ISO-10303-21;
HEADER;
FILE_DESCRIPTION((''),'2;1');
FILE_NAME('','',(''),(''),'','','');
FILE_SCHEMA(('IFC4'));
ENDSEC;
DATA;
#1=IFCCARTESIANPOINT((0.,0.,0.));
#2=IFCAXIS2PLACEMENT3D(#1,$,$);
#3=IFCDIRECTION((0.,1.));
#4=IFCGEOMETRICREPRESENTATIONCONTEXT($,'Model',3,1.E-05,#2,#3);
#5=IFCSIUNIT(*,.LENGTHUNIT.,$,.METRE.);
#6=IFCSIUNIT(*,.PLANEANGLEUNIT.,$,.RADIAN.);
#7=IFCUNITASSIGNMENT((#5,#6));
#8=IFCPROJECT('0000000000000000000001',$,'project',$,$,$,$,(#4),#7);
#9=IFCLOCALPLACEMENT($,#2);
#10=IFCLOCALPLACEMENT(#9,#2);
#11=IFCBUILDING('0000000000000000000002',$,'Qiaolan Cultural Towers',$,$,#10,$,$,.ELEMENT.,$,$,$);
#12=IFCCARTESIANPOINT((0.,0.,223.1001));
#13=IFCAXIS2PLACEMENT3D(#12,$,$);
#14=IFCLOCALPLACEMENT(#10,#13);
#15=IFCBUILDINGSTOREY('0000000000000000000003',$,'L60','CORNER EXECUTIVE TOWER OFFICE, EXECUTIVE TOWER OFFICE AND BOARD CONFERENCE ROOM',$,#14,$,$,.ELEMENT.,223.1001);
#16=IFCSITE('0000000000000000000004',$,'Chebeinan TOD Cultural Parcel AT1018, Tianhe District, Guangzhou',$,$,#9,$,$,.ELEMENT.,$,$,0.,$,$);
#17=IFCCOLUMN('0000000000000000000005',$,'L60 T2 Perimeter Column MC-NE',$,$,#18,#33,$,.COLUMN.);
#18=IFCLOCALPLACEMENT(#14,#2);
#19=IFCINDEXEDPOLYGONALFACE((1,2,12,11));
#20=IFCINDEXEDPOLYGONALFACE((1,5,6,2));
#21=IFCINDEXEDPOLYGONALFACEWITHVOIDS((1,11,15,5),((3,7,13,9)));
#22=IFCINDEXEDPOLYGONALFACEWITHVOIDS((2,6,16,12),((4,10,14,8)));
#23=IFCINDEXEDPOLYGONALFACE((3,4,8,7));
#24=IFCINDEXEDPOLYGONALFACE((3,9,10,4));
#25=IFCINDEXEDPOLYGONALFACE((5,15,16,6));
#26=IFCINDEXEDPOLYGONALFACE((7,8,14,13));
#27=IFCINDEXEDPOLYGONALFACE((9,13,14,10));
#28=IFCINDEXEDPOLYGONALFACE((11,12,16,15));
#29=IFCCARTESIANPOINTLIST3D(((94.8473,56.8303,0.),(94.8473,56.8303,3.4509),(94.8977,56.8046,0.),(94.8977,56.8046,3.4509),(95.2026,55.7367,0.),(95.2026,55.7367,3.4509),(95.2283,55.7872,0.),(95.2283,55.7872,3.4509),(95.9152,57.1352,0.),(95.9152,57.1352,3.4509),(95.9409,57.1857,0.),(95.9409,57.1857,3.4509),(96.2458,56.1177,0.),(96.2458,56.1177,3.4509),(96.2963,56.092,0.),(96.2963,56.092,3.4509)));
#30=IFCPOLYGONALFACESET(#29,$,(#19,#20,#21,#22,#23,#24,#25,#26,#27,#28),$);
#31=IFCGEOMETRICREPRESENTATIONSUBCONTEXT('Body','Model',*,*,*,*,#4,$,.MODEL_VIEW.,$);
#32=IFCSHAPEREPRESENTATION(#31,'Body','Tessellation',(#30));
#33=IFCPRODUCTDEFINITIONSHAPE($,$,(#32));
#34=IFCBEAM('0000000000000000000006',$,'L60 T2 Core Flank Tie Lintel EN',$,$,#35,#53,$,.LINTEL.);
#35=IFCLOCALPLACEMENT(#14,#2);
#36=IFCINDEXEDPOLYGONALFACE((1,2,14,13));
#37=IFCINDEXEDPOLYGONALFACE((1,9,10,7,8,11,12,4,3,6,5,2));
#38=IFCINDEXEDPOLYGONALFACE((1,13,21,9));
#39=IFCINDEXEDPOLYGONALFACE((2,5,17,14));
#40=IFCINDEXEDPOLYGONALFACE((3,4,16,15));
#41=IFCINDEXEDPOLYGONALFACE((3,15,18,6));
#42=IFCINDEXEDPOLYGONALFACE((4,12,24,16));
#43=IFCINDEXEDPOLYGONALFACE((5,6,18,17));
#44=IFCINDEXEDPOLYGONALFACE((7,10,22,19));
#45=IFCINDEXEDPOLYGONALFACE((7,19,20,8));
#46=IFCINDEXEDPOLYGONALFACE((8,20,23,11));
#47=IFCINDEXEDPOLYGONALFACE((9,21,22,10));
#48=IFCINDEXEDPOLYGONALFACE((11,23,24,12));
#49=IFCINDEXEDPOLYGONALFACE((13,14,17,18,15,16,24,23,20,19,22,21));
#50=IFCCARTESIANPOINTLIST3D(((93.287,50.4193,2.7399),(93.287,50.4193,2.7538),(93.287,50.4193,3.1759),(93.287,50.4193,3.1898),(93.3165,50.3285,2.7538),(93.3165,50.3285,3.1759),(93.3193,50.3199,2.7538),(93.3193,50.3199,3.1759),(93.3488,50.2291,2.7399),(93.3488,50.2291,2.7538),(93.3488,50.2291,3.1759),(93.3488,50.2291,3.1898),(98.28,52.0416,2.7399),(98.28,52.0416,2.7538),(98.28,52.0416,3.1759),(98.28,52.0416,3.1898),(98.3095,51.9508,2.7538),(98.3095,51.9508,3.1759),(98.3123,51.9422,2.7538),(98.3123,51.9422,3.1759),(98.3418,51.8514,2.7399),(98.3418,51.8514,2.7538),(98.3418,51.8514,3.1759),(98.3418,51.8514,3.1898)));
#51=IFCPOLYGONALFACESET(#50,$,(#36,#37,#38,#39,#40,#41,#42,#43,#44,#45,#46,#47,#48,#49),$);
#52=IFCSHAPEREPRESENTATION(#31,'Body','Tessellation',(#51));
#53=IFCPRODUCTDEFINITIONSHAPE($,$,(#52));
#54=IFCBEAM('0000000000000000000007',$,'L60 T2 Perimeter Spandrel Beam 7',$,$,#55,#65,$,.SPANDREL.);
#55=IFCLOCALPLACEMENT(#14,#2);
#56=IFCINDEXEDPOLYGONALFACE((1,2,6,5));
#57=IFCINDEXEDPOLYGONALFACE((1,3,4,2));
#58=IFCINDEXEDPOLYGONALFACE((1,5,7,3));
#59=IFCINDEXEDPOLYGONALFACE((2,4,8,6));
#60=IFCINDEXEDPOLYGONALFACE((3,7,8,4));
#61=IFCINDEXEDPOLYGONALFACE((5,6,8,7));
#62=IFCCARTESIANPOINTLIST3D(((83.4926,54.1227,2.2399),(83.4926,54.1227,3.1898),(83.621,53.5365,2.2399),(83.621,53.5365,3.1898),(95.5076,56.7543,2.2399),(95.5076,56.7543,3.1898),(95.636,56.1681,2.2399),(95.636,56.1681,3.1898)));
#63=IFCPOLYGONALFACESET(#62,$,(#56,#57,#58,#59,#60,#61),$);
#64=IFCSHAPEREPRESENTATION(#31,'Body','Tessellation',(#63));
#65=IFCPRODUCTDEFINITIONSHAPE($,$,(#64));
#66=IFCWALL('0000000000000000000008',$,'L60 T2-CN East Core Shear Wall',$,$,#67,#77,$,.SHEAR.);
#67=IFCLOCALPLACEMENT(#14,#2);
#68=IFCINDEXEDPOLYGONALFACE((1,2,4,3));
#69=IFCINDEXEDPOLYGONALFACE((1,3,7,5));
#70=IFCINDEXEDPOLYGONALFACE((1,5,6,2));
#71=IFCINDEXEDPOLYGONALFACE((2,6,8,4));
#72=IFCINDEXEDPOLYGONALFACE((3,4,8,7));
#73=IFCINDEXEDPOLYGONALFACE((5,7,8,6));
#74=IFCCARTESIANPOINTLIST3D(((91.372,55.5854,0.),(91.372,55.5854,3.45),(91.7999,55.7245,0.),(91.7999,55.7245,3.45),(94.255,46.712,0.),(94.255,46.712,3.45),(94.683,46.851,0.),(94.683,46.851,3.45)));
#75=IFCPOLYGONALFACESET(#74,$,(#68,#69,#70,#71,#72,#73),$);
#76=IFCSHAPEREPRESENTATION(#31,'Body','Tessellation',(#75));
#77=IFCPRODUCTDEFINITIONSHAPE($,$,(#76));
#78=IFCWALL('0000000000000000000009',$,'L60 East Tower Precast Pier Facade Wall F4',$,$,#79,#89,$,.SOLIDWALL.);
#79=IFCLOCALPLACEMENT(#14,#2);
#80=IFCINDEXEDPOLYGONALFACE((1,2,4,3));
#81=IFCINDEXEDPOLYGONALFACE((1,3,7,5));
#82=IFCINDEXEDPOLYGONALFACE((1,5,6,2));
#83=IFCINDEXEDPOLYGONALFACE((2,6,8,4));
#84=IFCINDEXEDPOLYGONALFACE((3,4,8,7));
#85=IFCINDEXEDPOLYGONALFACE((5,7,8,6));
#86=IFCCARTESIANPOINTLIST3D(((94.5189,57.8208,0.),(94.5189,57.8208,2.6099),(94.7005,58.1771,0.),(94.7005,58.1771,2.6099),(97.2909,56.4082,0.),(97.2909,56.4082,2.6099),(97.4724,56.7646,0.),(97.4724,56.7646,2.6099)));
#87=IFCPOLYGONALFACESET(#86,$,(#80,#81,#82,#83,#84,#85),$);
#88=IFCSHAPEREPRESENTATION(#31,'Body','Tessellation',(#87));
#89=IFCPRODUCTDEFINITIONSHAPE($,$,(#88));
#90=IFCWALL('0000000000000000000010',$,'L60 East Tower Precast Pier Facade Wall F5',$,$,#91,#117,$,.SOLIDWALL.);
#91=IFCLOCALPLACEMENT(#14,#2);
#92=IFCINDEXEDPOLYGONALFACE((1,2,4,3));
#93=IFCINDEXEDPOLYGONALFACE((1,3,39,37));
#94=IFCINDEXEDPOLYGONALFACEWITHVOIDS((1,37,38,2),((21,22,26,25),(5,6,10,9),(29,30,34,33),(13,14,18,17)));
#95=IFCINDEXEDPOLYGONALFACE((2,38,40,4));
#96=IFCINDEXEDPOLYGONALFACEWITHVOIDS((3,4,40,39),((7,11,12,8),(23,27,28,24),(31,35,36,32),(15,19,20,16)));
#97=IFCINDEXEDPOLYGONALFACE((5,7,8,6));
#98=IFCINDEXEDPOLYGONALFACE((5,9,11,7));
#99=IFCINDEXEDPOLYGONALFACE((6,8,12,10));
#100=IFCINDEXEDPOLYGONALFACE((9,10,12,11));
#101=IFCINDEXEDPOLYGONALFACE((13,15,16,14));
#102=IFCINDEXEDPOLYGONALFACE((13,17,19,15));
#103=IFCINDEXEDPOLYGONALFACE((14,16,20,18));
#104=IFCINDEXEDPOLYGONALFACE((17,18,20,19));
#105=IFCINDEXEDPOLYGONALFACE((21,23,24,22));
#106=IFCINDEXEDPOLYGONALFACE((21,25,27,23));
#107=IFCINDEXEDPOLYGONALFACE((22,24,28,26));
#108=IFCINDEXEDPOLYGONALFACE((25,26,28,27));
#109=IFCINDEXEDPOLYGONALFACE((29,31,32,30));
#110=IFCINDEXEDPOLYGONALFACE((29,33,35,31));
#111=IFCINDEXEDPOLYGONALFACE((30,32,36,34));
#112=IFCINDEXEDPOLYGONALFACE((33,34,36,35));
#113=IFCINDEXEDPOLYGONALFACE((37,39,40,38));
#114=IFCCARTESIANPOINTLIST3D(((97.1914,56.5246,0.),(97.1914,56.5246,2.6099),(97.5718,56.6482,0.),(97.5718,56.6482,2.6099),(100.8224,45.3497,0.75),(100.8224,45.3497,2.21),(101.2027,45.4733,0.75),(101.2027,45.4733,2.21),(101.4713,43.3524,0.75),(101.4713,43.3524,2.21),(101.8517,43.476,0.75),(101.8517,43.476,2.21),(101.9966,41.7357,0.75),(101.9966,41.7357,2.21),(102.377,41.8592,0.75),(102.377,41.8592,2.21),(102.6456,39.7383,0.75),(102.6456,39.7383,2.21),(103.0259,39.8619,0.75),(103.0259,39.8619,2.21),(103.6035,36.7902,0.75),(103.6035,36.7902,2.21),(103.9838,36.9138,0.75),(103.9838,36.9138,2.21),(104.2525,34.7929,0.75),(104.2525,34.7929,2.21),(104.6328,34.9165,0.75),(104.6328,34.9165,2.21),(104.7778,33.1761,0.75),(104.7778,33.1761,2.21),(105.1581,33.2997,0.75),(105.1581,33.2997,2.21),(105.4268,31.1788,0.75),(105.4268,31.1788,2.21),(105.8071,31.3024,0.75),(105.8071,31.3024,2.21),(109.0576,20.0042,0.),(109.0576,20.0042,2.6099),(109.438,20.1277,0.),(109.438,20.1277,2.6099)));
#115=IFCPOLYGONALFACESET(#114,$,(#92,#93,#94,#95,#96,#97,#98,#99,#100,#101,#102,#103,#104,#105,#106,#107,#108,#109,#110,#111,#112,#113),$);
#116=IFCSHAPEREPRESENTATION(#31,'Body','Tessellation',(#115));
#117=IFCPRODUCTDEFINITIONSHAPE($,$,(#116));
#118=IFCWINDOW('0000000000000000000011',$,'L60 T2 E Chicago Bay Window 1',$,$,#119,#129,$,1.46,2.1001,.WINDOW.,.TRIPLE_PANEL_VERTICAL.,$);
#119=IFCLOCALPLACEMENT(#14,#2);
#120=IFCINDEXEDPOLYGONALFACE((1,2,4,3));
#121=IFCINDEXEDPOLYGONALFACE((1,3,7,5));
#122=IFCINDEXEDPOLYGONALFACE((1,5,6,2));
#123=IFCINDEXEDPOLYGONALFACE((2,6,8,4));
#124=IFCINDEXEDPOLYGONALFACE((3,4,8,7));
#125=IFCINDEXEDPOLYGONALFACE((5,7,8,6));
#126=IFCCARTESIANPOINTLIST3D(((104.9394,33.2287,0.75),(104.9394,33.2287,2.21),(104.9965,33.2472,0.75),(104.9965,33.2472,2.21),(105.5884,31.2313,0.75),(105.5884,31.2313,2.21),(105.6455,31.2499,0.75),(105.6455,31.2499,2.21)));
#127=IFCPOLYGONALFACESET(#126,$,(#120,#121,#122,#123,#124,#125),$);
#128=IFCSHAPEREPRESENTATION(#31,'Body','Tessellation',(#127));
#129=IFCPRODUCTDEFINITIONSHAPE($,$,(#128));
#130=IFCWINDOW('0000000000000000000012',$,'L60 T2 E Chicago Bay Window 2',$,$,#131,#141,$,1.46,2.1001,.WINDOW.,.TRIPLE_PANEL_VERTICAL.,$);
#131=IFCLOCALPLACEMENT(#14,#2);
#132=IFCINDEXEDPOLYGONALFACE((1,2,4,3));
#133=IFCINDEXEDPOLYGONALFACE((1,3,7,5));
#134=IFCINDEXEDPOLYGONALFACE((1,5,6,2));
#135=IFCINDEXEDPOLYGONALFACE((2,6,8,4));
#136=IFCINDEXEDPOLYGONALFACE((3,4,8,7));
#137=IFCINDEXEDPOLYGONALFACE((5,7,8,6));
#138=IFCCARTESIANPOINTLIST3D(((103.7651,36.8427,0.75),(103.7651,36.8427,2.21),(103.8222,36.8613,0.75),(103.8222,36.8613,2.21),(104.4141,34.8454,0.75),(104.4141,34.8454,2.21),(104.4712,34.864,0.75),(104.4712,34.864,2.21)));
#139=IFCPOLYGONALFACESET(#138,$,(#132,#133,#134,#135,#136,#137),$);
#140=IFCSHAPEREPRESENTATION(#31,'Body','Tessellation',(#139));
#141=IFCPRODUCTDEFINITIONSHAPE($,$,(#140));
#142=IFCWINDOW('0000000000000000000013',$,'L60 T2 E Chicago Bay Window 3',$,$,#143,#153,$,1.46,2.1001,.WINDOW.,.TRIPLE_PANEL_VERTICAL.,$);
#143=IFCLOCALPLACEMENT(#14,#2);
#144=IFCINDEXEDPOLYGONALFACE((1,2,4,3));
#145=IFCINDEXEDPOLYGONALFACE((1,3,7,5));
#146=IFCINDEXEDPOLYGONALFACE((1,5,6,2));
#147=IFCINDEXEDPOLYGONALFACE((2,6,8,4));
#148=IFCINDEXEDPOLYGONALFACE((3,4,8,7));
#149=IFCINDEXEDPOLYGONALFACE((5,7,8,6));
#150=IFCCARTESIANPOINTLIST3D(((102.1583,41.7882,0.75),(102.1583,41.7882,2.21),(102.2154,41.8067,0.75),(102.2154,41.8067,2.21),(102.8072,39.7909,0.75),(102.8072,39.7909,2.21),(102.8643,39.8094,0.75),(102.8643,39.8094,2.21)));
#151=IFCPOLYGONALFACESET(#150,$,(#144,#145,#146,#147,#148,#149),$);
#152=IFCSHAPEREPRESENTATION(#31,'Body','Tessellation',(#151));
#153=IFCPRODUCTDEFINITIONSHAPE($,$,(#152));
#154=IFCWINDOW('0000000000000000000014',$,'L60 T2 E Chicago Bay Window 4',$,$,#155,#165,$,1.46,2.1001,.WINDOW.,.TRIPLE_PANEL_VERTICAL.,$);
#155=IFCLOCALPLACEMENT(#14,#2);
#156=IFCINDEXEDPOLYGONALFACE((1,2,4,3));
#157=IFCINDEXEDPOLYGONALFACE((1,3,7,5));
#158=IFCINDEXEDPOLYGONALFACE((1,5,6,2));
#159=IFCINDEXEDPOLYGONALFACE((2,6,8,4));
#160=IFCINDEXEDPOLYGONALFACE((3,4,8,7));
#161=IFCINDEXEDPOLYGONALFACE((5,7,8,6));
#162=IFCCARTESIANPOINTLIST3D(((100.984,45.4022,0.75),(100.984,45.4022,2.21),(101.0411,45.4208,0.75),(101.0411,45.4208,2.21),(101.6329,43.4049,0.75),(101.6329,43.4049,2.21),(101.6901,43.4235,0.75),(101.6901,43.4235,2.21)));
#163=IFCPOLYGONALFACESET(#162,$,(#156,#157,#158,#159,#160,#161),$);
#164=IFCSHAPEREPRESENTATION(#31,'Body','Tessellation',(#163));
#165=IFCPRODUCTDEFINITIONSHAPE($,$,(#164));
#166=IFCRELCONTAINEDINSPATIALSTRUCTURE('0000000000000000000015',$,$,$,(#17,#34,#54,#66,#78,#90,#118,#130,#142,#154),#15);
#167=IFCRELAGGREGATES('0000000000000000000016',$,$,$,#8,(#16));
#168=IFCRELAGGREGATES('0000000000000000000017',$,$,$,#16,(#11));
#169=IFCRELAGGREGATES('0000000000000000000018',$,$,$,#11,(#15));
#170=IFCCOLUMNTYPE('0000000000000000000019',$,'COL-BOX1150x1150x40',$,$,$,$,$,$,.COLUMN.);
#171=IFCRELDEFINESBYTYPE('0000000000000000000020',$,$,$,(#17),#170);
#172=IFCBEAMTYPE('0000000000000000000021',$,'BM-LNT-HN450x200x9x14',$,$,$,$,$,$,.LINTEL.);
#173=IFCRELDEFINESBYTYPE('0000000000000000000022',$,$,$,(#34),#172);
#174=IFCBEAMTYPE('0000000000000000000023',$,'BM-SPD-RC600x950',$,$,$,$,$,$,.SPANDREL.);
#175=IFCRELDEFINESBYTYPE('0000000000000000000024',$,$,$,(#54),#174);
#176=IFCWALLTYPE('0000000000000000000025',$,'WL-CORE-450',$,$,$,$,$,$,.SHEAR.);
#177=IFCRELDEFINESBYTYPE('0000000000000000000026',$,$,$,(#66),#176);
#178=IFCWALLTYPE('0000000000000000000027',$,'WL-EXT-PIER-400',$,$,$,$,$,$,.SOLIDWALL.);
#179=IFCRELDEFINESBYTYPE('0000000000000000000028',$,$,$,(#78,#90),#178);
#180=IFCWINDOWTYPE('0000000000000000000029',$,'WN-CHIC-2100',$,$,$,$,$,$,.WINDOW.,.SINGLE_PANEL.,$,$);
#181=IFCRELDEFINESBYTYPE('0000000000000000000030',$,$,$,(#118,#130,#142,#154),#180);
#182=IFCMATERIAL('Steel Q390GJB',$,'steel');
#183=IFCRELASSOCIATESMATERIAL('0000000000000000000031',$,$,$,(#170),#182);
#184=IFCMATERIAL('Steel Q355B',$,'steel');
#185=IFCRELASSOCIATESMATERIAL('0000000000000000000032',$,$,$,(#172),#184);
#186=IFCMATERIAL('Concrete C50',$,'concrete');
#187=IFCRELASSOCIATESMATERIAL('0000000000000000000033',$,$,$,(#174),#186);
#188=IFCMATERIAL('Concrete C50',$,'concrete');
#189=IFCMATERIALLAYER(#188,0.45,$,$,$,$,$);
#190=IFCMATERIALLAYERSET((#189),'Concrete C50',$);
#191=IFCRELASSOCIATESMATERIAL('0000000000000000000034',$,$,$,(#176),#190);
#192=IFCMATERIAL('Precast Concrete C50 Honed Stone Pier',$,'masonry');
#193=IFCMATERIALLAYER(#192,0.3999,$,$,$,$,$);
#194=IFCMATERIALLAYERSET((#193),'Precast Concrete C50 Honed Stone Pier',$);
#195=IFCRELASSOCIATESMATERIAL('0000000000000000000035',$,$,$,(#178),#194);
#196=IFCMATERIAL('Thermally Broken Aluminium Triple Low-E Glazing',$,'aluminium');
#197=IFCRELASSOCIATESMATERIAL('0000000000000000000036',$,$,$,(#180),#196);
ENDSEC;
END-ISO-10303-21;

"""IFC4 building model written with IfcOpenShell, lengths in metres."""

from ifc_helpers import new_model, si_unit, direction, frame, frame_2d, origin, origin_2d, place, context, subcontext, project, spatial, rectangle, hollow_rectangle, i_section, extrude, material, layer, layer_set, material_profile, profile_set, type_object, element, fill, save


model = new_model("IFC4")

# Units and contexts
model_context = context("Model", 3, precision=1e-05, world=origin(), true_north=direction((0.0, 1.0)))
body_context = subcontext(model_context, "Body", "Model", "MODEL_VIEW")
ifc_project = project(units=[si_unit("LENGTHUNIT", "METRE"), si_unit("PLANEANGLEUNIT", "RADIAN")], contexts=[model_context])

# Site, building, storey
site_placement = place(None, origin())
site = spatial("IfcSite", under=ifc_project, at=site_placement, Name="Chebeinan TOD Cultural Parcel AT1018, Tianhe District, Guangzhou", CompositionType="ELEMENT", RefElevation=0.0)
building_placement = place(site_placement, origin())
building = spatial("IfcBuilding", under=site, at=building_placement, Name="Qiaolan Cultural Towers", CompositionType="ELEMENT")
storey_placement = place(building_placement, frame((0.0, 0.0, 223.1001)))
storey = spatial("IfcBuildingStorey", under=building, at=storey_placement, Name="L60", Description="CORNER EXECUTIVE TOWER OFFICE, EXECUTIVE TOWER OFFICE AND BOARD CONFERENCE ROOM", CompositionType="ELEMENT", Elevation=223.1001)

# Column
ifc_material_1 = material(Name="Steel Q390GJB", Category="steel")
ifc_material_profile_1 = material_profile(ifc_material_1, hollow_rectangle(XDim=1.1499, YDim=1.1499, WallThickness=0.04, at=origin_2d()), Name="BOX1150x1150x40")
ifc_profile_set_1 = profile_set([ifc_material_profile_1], Name="Steel Q390GJB")
column_type = type_object("IfcColumnType", Name="COL-BOX1150x1150x40", PredefinedType="COLUMN", material=ifc_profile_set_1)
column_placement = place(storey_placement, frame((95.5718, 56.4612, 0.0), z_axis=(0.0, 0.0, 1.0), x_axis=(0.951057, 0.309017, 0.0)))
element("IfcColumn", 1, at=column_placement, inside=storey, type_object=column_type, Name="L60 T2 Perimeter Column MC-NE", PredefinedType="COLUMN", context=body_context, shape_type="SweptSolid", body=[
    extrude(hollow_rectangle(XDim=1.1499, YDim=1.1499, WallThickness=0.04, at=origin_2d()), origin(), (0.0, 0.0, 1.0), 3.4509),
])

# Beams
ifc_material_2 = material(Name="Steel Q355B", Category="steel")
ifc_material_profile_2 = material_profile(ifc_material_2, i_section(OverallWidth=0.2, OverallDepth=0.45, WebThickness=0.009, FlangeThickness=0.0139, at=origin_2d()), Name="HN450x200x9x14")
ifc_profile_set_2 = profile_set([ifc_material_profile_2], Name="Steel Q355B")
beam_type_1 = type_object("IfcBeamType", Name="BM-LNT-HN450x200x9x14", PredefinedType="LINTEL", material=ifc_profile_set_2)
beam_1_placement = place(storey_placement, frame((93.3179, 50.3242, 2.9648), z_axis=(0.95106, 0.309006, 0.0), x_axis=(-0.309006, 0.95106, 0.0)))
element("IfcBeam", 2, at=beam_1_placement, inside=storey, type_object=beam_type_1, Name="L60 T2 Core Flank Tie Lintel EN", PredefinedType="LINTEL", context=body_context, shape_type="SweptSolid", body=[
    extrude(i_section(OverallWidth=0.2, OverallDepth=0.45, WebThickness=0.009, FlangeThickness=0.0139, at=origin_2d()), origin(), (0.0, 0.0, 1.0), 5.25),
])
ifc_material_3 = material(Name="Concrete C50", Category="concrete")
ifc_material_profile_3 = material_profile(ifc_material_3, rectangle(XDim=0.6001, YDim=0.95, at=origin_2d()), Name="RC600x950")
ifc_profile_set_3 = profile_set([ifc_material_profile_3], Name="Concrete C50")
beam_type_2 = type_object("IfcBeamType", Name="BM-SPD-RC600x950", PredefinedType="SPANDREL", material=ifc_profile_set_3)
beam_2_placement = place(storey_placement, frame((95.5718, 56.4612, 2.7148), z_axis=(-0.976843, -0.213956, 0.0), x_axis=(0.213956, -0.976843, 0.0)))
element("IfcBeam", 3, at=beam_2_placement, inside=storey, type_object=beam_type_2, Name="L60 T2 Perimeter Spandrel Beam 7", PredefinedType="SPANDREL", context=body_context, shape_type="SweptSolid", body=[
    extrude(rectangle(XDim=0.6001, YDim=0.95, at=origin_2d()), origin(), (0.0, 0.0, 1.0), 12.2998),
])

# Walls
ifc_material_4 = material(Name="Concrete C50", Category="concrete")
ifc_layer_1 = layer(ifc_material_4, 0.45)
ifc_layer_set_1 = layer_set([ifc_layer_1], Name="Concrete C50")
wall_type_1 = type_object("IfcWallType", Name="WL-CORE-450", PredefinedType="SHEAR", material=ifc_layer_set_1)
wall_1_placement = place(storey_placement, frame((94.469, 46.7815, 0.0), z_axis=(0.0, 0.0, 1.0), x_axis=(-0.309004, 0.951061, 0.0)))
element("IfcWall", 4, at=wall_1_placement, inside=storey, type_object=wall_type_1, Name="L60 T2-CN East Core Shear Wall", PredefinedType="SHEAR", context=body_context, shape_type="SweptSolid", body=[
    extrude(rectangle(XDim=9.3301, YDim=0.45, at=frame_2d((4.665, 0.0))), origin(), (0.0, 0.0, 1.0), 3.45),
])
ifc_material_5 = material(Name="Precast Concrete C50 Honed Stone Pier", Category="masonry")
ifc_layer_2 = layer(ifc_material_5, 0.3999)
ifc_layer_set_2 = layer_set([ifc_layer_2], Name="Precast Concrete C50 Honed Stone Pier")
wall_type_2 = type_object("IfcWallType", Name="WL-EXT-PIER-400", PredefinedType="SOLIDWALL", material=ifc_layer_set_2)
wall_2_placement = place(storey_placement, frame((94.6096, 57.999, 0.0), z_axis=(0.0, 0.0, 1.0), x_axis=(0.89098, -0.454043, 0.0)))
element("IfcWall", 5, at=wall_2_placement, inside=storey, type_object=wall_type_2, Name="L60 East Tower Precast Pier Facade Wall F4", PredefinedType="SOLIDWALL", context=body_context, shape_type="SweptSolid", body=[
    extrude(rectangle(XDim=3.1111, YDim=0.3999, at=frame_2d((1.5557, 0.0))), origin(), (0.0, 0.0, 1.0), 2.6099),
])

# Wall, openings, windows
wall_3_placement = place(storey_placement, frame((97.3816, 56.5864, 0.0), z_axis=(0.0, 0.0, 1.0), x_axis=(0.309016, -0.951057, 0.0)))
wall_3 = element("IfcWall", 6, at=wall_3_placement, inside=storey, type_object=wall_type_2, Name="L60 East Tower Precast Pier Facade Wall F5", PredefinedType="SOLIDWALL", context=body_context, shape_type="SweptSolid", body=[
    extrude(rectangle(XDim=38.3999, YDim=0.3999, at=frame_2d((19.2, 0.0))), origin(), (0.0, 0.0, 1.0), 2.6099),
])
opening_1_placement = place(wall_3_placement, frame((24.55, 0.0, 0.75)))
opening_1 = element("IfcOpeningElement", 7, at=opening_1_placement, cuts=wall_3, PredefinedType="OPENING", context=body_context, shape_type="SweptSolid", body=[
    extrude(rectangle(XDim=2.1001, YDim=1.46, at=frame_2d((1.05, 0.73))), frame((0.0, 0.21, 0.0), z_axis=(0.0, -1.0, 0.0), x_axis=(1.0, 0.0, 0.0)), (0.0, 0.0, 1.0), 0.4199),
])
opening_2_placement = place(wall_3_placement, frame((20.75, 0.0, 0.75)))
opening_2 = element("IfcOpeningElement", 8, at=opening_2_placement, cuts=wall_3, PredefinedType="OPENING", context=body_context, shape_type="SweptSolid", body=[
    extrude(rectangle(XDim=2.1001, YDim=1.46, at=frame_2d((1.05, 0.73))), frame((0.0, 0.21, 0.0), z_axis=(0.0, -1.0, 0.0), x_axis=(1.0, 0.0, 0.0)), (0.0, 0.0, 1.0), 0.4199),
])
opening_3_placement = place(wall_3_placement, frame((15.55, 0.0, 0.75)))
opening_3 = element("IfcOpeningElement", 9, at=opening_3_placement, cuts=wall_3, PredefinedType="OPENING", context=body_context, shape_type="SweptSolid", body=[
    extrude(rectangle(XDim=2.1001, YDim=1.46, at=frame_2d((1.05, 0.73))), frame((0.0, 0.21, 0.0), z_axis=(0.0, -1.0, 0.0), x_axis=(1.0, 0.0, 0.0)), (0.0, 0.0, 1.0), 0.4199),
])
opening_4_placement = place(wall_3_placement, frame((11.75, 0.0, 0.75)))
opening_4 = element("IfcOpeningElement", 10, at=opening_4_placement, cuts=wall_3, PredefinedType="OPENING", context=body_context, shape_type="SweptSolid", body=[
    extrude(rectangle(XDim=2.1001, YDim=1.46, at=frame_2d((1.05, 0.73))), frame((0.0, 0.21, 0.0), z_axis=(0.0, -1.0, 0.0), x_axis=(1.0, 0.0, 0.0)), (0.0, 0.0, 1.0), 0.4199),
])
ifc_material_6 = material(Name="Thermally Broken Aluminium Triple Low-E Glazing", Category="aluminium")
window_type = type_object("IfcWindowType", Name="WN-CHIC-2100", PartitioningType="SINGLE_PANEL", PredefinedType="WINDOW", material=ifc_material_6)
window_1_placement = place(opening_1_placement, origin())
window_1 = element("IfcWindow", 11, at=window_1_placement, inside=storey, type_object=window_type, Name="L60 T2 E Chicago Bay Window 1", OverallHeight=1.46, OverallWidth=2.1001, PartitioningType="TRIPLE_PANEL_VERTICAL", PredefinedType="WINDOW", context=body_context, shape_type="SweptSolid", body=[
    extrude(rectangle(XDim=2.1001, YDim=1.46, at=frame_2d((1.05, 0.73))), frame((0.0, 0.03, 0.0), z_axis=(0.0, -1.0, 0.0), x_axis=(1.0, 0.0, 0.0)), (0.0, 0.0, 1.0), 0.0601),
])
fill(opening_1, window_1)
window_2_placement = place(opening_2_placement, origin())
window_2 = element("IfcWindow", 12, at=window_2_placement, inside=storey, type_object=window_type, Name="L60 T2 E Chicago Bay Window 2", OverallHeight=1.46, OverallWidth=2.1001, PartitioningType="TRIPLE_PANEL_VERTICAL", PredefinedType="WINDOW", context=body_context, shape_type="SweptSolid", body=[
    extrude(rectangle(XDim=2.1001, YDim=1.46, at=frame_2d((1.05, 0.73))), frame((0.0, 0.03, 0.0), z_axis=(0.0, -1.0, 0.0), x_axis=(1.0, 0.0, 0.0)), (0.0, 0.0, 1.0), 0.0601),
])
fill(opening_2, window_2)
window_3_placement = place(opening_3_placement, origin())
window_3 = element("IfcWindow", 13, at=window_3_placement, inside=storey, type_object=window_type, Name="L60 T2 E Chicago Bay Window 3", OverallHeight=1.46, OverallWidth=2.1001, PartitioningType="TRIPLE_PANEL_VERTICAL", PredefinedType="WINDOW", context=body_context, shape_type="SweptSolid", body=[
    extrude(rectangle(XDim=2.1001, YDim=1.46, at=frame_2d((1.05, 0.73))), frame((0.0, 0.03, 0.0), z_axis=(0.0, -1.0, 0.0), x_axis=(1.0, 0.0, 0.0)), (0.0, 0.0, 1.0), 0.0601),
])
fill(opening_3, window_3)
window_4_placement = place(opening_4_placement, origin())
window_4 = element("IfcWindow", 14, at=window_4_placement, inside=storey, type_object=window_type, Name="L60 T2 E Chicago Bay Window 4", OverallHeight=1.46, OverallWidth=2.1001, PartitioningType="TRIPLE_PANEL_VERTICAL", PredefinedType="WINDOW", context=body_context, shape_type="SweptSolid", body=[
    extrude(rectangle(XDim=2.1001, YDim=1.46, at=frame_2d((1.05, 0.73))), frame((0.0, 0.03, 0.0), z_axis=(0.0, -1.0, 0.0), x_axis=(1.0, 0.0, 0.0)), (0.0, 0.0, 1.0), 0.0601),
])
fill(opening_4, window_4)

save(model, "model.ifc")
